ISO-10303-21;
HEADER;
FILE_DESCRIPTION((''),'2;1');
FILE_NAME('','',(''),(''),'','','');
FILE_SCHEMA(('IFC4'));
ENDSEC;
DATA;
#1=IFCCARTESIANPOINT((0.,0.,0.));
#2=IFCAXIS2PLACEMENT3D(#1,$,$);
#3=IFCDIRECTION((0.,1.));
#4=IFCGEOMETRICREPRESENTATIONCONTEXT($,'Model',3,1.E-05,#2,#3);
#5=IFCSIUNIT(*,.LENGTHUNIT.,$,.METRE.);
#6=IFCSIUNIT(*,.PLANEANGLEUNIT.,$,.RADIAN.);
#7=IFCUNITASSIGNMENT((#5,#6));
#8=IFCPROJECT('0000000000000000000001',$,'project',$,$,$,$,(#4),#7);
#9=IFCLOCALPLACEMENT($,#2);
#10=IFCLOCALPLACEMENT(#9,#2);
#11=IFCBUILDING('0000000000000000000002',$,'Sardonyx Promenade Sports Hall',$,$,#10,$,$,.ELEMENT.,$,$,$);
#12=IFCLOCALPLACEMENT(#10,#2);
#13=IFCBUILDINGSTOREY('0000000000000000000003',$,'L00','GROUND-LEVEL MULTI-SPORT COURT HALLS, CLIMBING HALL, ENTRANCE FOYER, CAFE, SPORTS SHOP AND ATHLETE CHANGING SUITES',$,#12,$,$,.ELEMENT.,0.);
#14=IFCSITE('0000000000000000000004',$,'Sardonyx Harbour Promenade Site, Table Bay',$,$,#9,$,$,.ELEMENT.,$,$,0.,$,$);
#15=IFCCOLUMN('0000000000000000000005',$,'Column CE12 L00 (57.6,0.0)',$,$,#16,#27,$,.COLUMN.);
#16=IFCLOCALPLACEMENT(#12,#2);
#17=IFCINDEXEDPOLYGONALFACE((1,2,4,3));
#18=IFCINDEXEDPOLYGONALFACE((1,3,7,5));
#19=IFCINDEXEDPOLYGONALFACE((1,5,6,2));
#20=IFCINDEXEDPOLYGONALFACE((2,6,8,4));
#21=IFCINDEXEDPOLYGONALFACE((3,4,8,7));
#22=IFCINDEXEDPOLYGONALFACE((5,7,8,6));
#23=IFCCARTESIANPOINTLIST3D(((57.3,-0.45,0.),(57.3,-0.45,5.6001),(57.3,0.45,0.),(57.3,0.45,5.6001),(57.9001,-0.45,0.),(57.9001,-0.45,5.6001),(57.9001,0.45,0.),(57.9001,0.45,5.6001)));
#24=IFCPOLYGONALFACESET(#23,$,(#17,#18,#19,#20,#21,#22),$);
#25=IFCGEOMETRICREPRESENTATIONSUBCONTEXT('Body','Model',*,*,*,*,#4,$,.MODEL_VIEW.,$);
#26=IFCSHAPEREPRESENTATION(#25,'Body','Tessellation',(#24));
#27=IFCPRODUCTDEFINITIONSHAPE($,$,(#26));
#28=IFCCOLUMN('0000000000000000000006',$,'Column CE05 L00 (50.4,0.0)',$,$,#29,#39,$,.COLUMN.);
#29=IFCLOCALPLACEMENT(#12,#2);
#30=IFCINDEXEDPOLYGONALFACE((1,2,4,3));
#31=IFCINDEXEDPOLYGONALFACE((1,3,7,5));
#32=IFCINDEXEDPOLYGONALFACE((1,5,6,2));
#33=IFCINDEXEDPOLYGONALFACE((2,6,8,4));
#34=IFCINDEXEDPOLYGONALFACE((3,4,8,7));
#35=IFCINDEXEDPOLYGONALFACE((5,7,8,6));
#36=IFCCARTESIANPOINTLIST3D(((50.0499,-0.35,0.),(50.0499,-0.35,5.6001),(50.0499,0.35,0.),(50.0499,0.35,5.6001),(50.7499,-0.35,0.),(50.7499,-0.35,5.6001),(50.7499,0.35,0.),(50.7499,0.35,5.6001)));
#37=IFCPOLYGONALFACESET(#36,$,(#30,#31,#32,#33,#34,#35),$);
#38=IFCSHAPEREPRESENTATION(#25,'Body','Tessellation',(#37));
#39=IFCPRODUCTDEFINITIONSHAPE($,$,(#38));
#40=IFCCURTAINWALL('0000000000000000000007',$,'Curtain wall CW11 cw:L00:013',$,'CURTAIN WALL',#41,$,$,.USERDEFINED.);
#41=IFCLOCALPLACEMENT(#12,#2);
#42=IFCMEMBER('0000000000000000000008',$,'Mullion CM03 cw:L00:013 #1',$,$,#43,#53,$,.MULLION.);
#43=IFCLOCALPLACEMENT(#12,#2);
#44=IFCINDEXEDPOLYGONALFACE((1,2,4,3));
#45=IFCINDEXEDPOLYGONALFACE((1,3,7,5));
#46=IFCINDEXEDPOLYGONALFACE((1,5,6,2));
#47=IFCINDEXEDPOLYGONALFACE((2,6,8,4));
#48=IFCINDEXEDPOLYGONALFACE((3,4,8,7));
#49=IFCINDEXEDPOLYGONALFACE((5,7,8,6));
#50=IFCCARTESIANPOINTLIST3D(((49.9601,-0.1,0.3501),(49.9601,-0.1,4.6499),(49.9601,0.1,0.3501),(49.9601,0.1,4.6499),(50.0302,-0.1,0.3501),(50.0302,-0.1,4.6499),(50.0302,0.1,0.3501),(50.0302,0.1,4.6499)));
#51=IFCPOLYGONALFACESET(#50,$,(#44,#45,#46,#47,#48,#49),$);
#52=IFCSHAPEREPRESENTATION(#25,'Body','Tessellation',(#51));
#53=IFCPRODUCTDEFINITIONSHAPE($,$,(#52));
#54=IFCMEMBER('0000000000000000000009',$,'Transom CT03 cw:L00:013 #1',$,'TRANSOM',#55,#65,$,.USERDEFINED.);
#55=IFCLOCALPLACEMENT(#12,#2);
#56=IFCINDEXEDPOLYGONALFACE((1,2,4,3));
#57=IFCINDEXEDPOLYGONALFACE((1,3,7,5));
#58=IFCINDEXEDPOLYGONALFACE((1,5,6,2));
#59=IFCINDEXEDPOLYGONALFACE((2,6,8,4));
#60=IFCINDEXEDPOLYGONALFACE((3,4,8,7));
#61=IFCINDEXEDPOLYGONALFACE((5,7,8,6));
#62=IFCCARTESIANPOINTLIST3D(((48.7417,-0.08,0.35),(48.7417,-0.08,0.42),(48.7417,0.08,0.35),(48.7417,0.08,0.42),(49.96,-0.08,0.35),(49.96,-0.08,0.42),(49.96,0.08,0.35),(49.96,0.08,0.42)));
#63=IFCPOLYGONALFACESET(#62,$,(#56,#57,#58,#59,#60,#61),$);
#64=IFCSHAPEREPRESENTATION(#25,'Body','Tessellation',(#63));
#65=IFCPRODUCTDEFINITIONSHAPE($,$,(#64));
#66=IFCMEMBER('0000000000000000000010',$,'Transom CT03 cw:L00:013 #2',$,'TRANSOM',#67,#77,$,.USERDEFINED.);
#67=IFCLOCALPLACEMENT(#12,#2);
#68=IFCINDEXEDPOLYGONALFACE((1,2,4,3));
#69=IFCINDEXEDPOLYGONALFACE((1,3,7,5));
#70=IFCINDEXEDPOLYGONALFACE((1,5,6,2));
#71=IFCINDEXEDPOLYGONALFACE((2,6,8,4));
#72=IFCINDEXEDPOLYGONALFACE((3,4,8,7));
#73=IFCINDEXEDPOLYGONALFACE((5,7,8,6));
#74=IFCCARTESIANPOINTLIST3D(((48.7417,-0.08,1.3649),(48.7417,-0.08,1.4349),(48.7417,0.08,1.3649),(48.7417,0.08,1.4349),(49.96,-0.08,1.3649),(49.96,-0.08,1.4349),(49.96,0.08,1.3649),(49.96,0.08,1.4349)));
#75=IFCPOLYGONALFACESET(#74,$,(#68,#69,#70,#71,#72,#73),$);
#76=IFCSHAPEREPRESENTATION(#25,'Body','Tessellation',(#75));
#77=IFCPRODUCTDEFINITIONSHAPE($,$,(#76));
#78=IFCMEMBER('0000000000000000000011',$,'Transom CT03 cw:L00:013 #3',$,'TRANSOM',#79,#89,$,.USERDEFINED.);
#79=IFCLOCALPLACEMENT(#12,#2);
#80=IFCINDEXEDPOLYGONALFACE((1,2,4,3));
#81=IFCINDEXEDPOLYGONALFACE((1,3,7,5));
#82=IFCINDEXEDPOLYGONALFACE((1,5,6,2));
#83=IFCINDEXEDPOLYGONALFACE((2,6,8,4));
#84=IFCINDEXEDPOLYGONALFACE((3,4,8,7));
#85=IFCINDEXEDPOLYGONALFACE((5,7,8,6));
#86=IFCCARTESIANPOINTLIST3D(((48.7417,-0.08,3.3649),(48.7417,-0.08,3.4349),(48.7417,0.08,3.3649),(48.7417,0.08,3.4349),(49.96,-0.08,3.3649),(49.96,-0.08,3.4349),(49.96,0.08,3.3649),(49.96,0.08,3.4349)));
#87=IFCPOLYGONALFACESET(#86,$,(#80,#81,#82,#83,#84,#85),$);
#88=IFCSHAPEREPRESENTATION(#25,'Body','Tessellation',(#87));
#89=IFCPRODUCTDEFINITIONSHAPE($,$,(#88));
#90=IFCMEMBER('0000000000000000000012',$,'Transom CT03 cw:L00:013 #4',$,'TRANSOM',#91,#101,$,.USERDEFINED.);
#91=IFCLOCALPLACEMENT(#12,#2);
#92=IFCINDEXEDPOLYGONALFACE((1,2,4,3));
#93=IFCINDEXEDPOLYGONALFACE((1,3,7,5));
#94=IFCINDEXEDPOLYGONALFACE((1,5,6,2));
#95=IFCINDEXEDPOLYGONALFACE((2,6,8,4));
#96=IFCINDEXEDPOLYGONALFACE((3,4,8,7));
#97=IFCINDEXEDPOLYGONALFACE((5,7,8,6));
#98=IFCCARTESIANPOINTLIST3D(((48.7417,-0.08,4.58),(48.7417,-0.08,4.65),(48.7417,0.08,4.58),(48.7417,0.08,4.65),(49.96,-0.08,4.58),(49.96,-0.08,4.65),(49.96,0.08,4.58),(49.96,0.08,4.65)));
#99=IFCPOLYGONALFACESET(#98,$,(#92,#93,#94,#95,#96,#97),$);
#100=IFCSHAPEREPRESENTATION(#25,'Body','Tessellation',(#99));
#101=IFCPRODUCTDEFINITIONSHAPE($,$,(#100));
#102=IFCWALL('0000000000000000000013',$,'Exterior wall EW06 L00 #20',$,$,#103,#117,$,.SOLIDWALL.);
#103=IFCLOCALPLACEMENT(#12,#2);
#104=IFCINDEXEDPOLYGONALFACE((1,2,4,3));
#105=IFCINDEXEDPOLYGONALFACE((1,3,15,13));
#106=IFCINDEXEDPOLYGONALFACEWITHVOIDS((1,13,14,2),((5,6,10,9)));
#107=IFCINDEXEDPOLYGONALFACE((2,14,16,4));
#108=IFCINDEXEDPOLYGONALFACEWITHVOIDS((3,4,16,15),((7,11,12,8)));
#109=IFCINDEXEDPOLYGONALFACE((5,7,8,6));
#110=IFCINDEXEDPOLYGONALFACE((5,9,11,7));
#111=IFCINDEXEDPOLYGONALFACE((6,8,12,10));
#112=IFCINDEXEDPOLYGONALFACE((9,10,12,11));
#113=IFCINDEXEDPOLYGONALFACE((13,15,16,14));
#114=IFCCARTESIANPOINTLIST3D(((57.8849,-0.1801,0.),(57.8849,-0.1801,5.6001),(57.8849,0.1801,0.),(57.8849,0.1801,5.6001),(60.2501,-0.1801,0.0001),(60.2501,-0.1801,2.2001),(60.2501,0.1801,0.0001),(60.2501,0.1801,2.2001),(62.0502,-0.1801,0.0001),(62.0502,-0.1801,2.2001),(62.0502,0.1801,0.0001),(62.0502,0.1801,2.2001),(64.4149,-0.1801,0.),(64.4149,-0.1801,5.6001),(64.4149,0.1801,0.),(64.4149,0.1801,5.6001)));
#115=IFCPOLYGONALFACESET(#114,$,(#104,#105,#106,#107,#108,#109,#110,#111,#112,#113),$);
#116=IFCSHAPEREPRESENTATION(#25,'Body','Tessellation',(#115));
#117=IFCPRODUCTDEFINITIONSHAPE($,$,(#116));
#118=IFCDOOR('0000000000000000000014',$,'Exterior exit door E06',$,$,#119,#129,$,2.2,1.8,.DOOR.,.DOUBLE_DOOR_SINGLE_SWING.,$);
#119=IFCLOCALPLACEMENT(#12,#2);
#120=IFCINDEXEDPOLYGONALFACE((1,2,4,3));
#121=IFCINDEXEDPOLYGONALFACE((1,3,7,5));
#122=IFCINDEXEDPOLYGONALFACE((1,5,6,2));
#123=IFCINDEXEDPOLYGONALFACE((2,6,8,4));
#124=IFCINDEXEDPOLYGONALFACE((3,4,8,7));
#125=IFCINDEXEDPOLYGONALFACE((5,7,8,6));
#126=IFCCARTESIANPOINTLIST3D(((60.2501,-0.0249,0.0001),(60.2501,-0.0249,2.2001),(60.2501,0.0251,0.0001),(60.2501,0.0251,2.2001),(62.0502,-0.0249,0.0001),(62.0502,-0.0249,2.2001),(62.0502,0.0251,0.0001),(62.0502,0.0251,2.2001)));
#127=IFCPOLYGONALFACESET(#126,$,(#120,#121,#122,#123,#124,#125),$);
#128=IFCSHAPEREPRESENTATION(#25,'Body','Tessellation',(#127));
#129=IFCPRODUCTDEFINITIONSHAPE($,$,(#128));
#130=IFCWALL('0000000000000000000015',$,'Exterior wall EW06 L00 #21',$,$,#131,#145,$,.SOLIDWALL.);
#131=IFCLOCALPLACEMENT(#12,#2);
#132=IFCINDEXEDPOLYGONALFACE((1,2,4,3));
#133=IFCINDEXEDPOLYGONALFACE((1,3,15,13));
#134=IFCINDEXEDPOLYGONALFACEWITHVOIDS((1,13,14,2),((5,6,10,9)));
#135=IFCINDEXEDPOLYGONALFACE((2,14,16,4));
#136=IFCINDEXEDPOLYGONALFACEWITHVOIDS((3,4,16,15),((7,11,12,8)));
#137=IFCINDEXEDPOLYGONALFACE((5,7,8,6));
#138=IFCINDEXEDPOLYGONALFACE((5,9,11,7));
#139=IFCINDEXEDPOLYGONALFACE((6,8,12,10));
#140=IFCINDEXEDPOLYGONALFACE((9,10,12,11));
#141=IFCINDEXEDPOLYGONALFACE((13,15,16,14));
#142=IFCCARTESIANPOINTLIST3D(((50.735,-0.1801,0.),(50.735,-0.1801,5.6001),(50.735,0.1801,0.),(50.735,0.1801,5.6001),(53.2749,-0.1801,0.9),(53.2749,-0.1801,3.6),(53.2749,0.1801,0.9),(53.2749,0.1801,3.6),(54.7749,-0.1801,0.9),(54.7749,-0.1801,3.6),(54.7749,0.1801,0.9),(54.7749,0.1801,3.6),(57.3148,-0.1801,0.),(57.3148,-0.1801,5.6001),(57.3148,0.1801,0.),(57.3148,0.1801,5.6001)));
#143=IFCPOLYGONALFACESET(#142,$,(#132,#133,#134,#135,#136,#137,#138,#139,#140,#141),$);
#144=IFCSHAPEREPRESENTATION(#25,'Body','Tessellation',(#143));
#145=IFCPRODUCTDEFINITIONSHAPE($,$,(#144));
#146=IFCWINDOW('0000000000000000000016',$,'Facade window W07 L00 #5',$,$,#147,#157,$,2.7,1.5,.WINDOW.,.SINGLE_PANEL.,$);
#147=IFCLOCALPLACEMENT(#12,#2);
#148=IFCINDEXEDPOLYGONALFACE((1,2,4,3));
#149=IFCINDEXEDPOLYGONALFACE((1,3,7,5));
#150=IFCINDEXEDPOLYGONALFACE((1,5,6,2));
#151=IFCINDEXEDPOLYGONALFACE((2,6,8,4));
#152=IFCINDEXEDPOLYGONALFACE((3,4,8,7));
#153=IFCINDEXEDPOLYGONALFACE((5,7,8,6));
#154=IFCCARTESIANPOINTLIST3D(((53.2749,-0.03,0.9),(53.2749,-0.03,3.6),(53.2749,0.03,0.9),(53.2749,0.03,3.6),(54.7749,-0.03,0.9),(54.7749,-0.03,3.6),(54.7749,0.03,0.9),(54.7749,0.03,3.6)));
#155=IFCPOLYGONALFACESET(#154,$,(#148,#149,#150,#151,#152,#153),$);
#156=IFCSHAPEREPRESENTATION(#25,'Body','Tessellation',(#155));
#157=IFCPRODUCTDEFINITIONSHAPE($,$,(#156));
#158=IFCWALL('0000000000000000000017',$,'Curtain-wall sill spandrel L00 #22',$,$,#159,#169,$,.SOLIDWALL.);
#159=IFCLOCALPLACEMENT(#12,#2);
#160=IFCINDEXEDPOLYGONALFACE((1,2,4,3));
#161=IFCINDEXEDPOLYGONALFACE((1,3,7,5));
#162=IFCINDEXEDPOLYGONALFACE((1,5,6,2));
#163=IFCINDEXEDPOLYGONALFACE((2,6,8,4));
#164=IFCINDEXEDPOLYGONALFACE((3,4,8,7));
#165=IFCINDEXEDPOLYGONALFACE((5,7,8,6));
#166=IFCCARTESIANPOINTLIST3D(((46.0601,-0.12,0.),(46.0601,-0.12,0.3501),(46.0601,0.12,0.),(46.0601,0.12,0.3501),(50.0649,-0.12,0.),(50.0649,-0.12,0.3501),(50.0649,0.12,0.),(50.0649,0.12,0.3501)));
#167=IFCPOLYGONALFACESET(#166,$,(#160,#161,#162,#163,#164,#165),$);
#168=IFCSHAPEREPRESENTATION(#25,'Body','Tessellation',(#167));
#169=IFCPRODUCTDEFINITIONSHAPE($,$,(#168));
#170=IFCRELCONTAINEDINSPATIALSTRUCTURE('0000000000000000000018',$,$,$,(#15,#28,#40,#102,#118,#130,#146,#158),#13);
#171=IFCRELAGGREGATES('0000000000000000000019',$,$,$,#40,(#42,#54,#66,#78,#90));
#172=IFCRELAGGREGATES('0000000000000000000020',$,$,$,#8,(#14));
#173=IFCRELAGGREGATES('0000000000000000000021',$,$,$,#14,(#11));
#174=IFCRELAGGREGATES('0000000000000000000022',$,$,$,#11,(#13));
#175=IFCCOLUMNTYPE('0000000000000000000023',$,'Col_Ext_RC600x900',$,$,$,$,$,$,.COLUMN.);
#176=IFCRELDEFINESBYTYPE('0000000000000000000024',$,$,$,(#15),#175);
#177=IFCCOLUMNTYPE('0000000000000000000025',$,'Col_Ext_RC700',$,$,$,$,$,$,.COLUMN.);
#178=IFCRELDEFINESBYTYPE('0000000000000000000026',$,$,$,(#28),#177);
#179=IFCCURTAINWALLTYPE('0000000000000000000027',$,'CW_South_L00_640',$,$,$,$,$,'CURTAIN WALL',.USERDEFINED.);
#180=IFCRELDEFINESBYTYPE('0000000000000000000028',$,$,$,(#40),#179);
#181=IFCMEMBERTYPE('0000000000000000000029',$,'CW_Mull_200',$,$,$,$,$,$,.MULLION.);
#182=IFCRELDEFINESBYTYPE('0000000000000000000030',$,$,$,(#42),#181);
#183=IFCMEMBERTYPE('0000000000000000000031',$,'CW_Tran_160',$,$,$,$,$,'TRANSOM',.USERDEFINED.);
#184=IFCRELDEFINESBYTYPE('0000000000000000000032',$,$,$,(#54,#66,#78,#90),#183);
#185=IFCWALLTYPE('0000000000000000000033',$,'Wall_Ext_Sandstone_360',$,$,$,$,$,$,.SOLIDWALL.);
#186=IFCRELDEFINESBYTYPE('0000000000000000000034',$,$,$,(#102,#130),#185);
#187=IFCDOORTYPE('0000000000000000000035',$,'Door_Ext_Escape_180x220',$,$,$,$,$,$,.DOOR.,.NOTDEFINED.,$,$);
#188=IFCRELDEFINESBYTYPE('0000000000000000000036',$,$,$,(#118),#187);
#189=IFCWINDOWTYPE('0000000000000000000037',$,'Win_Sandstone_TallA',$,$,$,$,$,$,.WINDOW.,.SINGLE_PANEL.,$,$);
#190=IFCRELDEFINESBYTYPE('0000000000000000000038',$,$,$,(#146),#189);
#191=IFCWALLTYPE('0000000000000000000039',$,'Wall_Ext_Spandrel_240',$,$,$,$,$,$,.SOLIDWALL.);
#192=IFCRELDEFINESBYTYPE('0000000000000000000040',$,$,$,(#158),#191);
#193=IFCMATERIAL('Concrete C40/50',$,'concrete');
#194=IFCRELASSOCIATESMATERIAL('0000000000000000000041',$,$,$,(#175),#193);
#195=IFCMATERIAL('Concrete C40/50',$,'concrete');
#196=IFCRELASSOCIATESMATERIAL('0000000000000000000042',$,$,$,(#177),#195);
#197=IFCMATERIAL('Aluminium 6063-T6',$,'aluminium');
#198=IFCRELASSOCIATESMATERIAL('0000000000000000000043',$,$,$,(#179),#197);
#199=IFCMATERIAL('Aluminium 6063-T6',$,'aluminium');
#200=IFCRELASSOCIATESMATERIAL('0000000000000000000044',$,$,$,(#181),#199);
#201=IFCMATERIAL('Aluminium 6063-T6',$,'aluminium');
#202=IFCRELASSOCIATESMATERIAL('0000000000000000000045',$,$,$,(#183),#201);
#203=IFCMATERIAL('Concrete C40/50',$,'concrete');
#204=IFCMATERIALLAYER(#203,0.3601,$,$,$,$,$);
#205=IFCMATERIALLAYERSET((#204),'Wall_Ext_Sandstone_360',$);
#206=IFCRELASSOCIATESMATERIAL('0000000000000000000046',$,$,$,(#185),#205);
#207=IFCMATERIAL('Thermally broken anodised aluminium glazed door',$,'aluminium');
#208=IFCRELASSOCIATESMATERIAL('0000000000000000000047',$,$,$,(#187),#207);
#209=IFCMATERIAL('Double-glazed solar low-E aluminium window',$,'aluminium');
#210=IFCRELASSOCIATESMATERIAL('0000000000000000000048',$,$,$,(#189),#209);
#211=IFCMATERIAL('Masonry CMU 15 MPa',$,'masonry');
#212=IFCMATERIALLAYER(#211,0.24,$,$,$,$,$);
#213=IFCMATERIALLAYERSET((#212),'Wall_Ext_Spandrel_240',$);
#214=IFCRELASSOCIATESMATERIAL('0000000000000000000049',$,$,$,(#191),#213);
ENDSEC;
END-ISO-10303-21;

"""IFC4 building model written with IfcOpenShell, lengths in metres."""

from ifc_helpers import new_model, si_unit, direction, frame, frame_2d, origin, origin_2d, place, context, subcontext, project, spatial, rectangle, extrude, material, layer, layer_set, material_profile, profile_set, type_object, element, fill, aggregate, save


model = new_model("IFC4")

# Units and contexts
model_context = context("Model", 3, precision=1e-05, world=origin(), true_north=direction((0.0, 1.0)))
body_context = subcontext(model_context, "Body", "Model", "MODEL_VIEW")
ifc_project = project(units=[si_unit("LENGTHUNIT", "METRE"), si_unit("PLANEANGLEUNIT", "RADIAN")], contexts=[model_context])

# Site, building, storey
site_placement = place(None, origin())
site = spatial("IfcSite", under=ifc_project, at=site_placement, Name="Sardonyx Harbour Promenade Site, Table Bay", CompositionType="ELEMENT", RefElevation=0.0)
building_placement = place(site_placement, origin())
building = spatial("IfcBuilding", under=site, at=building_placement, Name="Sardonyx Promenade Sports Hall", CompositionType="ELEMENT")
storey_placement = place(building_placement, origin())
storey = spatial("IfcBuildingStorey", under=building, at=storey_placement, Name="L00", Description="GROUND-LEVEL MULTI-SPORT COURT HALLS, CLIMBING HALL, ENTRANCE FOYER, CAFE, SPORTS SHOP AND ATHLETE CHANGING SUITES", CompositionType="ELEMENT", Elevation=0.0)

# Columns
ifc_material_1 = material(Name="Concrete C40/50", Category="concrete")
ifc_material_profile_1 = material_profile(ifc_material_1, rectangle(XDim=0.6001, YDim=0.8999, at=origin_2d()))
ifc_profile_set_1 = profile_set([ifc_material_profile_1], Name="Concrete C40/50")
column_type_1 = type_object("IfcColumnType", Name="Col_Ext_RC600x900", PredefinedType="COLUMN", material=ifc_profile_set_1)
column_1_placement = place(storey_placement, frame((57.6001, 0.0, 0.0), z_axis=(0.0, 0.0, 1.0), x_axis=(1.0, 0.0, 0.0)))
element("IfcColumn", 1, at=column_1_placement, inside=storey, type_object=column_type_1, Name="Column CE12 L00 (57.6,0.0)", PredefinedType="COLUMN", context=body_context, shape_type="SweptSolid", body=[
    extrude(rectangle(XDim=0.6001, YDim=0.8999, at=origin_2d()), origin(), (0.0, 0.0, 1.0), 5.6001),
])
ifc_material_2 = material(Name="Concrete C40/50", Category="concrete")
ifc_material_profile_2 = material_profile(ifc_material_2, rectangle(XDim=0.7, YDim=0.7, at=origin_2d()))
ifc_profile_set_2 = profile_set([ifc_material_profile_2], Name="Concrete C40/50")
column_type_2 = type_object("IfcColumnType", Name="Col_Ext_RC700", PredefinedType="COLUMN", material=ifc_profile_set_2)
column_2_placement = place(storey_placement, frame((50.3999, 0.0, 0.0), z_axis=(0.0, 0.0, 1.0), x_axis=(1.0, 0.0, 0.0)))
element("IfcColumn", 2, at=column_2_placement, inside=storey, type_object=column_type_2, Name="Column CE05 L00 (50.4,0.0)", PredefinedType="COLUMN", context=body_context, shape_type="SweptSolid", body=[
    extrude(rectangle(XDim=0.7, YDim=0.7, at=origin_2d()), origin(), (0.0, 0.0, 1.0), 5.6001),
])

# Curtain wall, members
ifc_material_3 = material(Name="Aluminium 6063-T6", Category="aluminium")
curtain_wall_type = type_object("IfcCurtainWallType", Name="CW_South_L00_640", ElementType="CURTAIN WALL", PredefinedType="USERDEFINED", material=ifc_material_3)
curtain_wall_placement = place(storey_placement, origin())
curtain_wall = element("IfcCurtainWall", 3, at=curtain_wall_placement, inside=storey, type_object=curtain_wall_type, Name="Curtain wall CW11 cw:L00:013", ObjectType="CURTAIN WALL", PredefinedType="USERDEFINED")
ifc_material_4 = material(Name="Aluminium 6063-T6", Category="aluminium")
ifc_material_profile_3 = material_profile(ifc_material_4, rectangle(XDim=0.0701, YDim=0.2, at=origin_2d()))
ifc_profile_set_3 = profile_set([ifc_material_profile_3], Name="Aluminium 6063-T6")
member_type_1 = type_object("IfcMemberType", Name="CW_Mull_200", PredefinedType="MULLION", material=ifc_profile_set_3)
member_1_placement = place(storey_placement, frame((49.9951, 0.0, 0.3501), z_axis=(0.0, 0.0, 1.0), x_axis=(-1.0, 0.0, 0.0)))
member_1 = element("IfcMember", 4, at=member_1_placement, type_object=member_type_1, Name="Mullion CM03 cw:L00:013 #1", PredefinedType="MULLION", context=body_context, shape_type="SweptSolid", body=[
    extrude(rectangle(XDim=0.0701, YDim=0.2, at=origin_2d()), origin(), (0.0, 0.0, 1.0), 4.2998),
])
ifc_material_5 = material(Name="Aluminium 6063-T6", Category="aluminium")
ifc_material_profile_4 = material_profile(ifc_material_5, rectangle(XDim=0.0701, YDim=0.1599, at=origin_2d()))
ifc_profile_set_4 = profile_set([ifc_material_profile_4], Name="Aluminium 6063-T6")
member_type_2 = type_object("IfcMemberType", Name="CW_Tran_160", ElementType="TRANSOM", PredefinedType="USERDEFINED", material=ifc_profile_set_4)
member_2_placement = place(storey_placement, frame((49.96, 0.0, 0.385), z_axis=(-1.0, 0.0, 0.0), x_axis=(0.0, 0.0, 1.0)))
member_2 = element("IfcMember", 5, at=member_2_placement, type_object=member_type_2, Name="Transom CT03 cw:L00:013 #1", ObjectType="TRANSOM", PredefinedType="USERDEFINED", context=body_context, shape_type="SweptSolid", body=[
    extrude(rectangle(XDim=0.0701, YDim=0.1599, at=origin_2d()), origin(), (0.0, 0.0, 1.0), 1.2183),
])
member_3_placement = place(storey_placement, frame((49.96, 0.0, 1.3999), z_axis=(-1.0, 0.0, 0.0), x_axis=(0.0, 0.0, 1.0)))
member_3 = element("IfcMember", 6, at=member_3_placement, type_object=member_type_2, Name="Transom CT03 cw:L00:013 #2", ObjectType="TRANSOM", PredefinedType="USERDEFINED", context=body_context, shape_type="SweptSolid", body=[
    extrude(rectangle(XDim=0.0701, YDim=0.1599, at=origin_2d()), origin(), (0.0, 0.0, 1.0), 1.2183),
])
member_4_placement = place(storey_placement, frame((49.96, 0.0, 3.3999), z_axis=(-1.0, 0.0, 0.0), x_axis=(0.0, 0.0, 1.0)))
member_4 = element("IfcMember", 7, at=member_4_placement, type_object=member_type_2, Name="Transom CT03 cw:L00:013 #3", ObjectType="TRANSOM", PredefinedType="USERDEFINED", context=body_context, shape_type="SweptSolid", body=[
    extrude(rectangle(XDim=0.0701, YDim=0.1599, at=origin_2d()), origin(), (0.0, 0.0, 1.0), 1.2183),
])
member_5_placement = place(storey_placement, frame((49.96, 0.0, 4.615), z_axis=(-1.0, 0.0, 0.0), x_axis=(0.0, 0.0, 1.0)))
member_5 = element("IfcMember", 8, at=member_5_placement, type_object=member_type_2, Name="Transom CT03 cw:L00:013 #4", ObjectType="TRANSOM", PredefinedType="USERDEFINED", context=body_context, shape_type="SweptSolid", body=[
    extrude(rectangle(XDim=0.0701, YDim=0.1599, at=origin_2d()), origin(), (0.0, 0.0, 1.0), 1.2183),
])
aggregate(curtain_wall, [member_1, member_2, member_3, member_4, member_5])

# Wall, opening, door
ifc_material_6 = material(Name="Concrete C40/50", Category="concrete")
ifc_layer_1 = layer(ifc_material_6, 0.3601)
ifc_layer_set_1 = layer_set([ifc_layer_1], Name="Wall_Ext_Sandstone_360")
wall_type_1 = type_object("IfcWallType", Name="Wall_Ext_Sandstone_360", PredefinedType="SOLIDWALL", material=ifc_layer_set_1)
wall_1_placement = place(storey_placement, frame((64.415, 0.0, 0.0), z_axis=(0.0, 0.0, 1.0), x_axis=(-1.0, 0.0, 0.0)))
wall_1 = element("IfcWall", 9, at=wall_1_placement, inside=storey, type_object=wall_type_1, Name="Exterior wall EW06 L00 #20", PredefinedType="SOLIDWALL", context=body_context, shape_type="SweptSolid", body=[
    extrude(rectangle(XDim=6.53, YDim=0.3601, at=frame_2d((3.2651, 0.0))), origin(), (0.0, 0.0, 1.0), 5.6001),
])
opening_1_placement = place(wall_1_placement, frame((2.365, 0.0, 0.0)))
opening_1 = element("IfcOpeningElement", 10, at=opening_1_placement, cuts=wall_1, PredefinedType="OPENING", context=body_context, shape_type="SweptSolid", body=[
    extrude(rectangle(XDim=1.8, YDim=2.2, at=frame_2d((0.8999, 1.1001))), frame((0.0, 0.19, 0.0), z_axis=(0.0, -1.0, 0.0), x_axis=(1.0, 0.0, 0.0)), (0.0, 0.0, 1.0), 0.38),
])
ifc_material_7 = material(Name="Thermally broken anodised aluminium glazed door", Category="aluminium")
door_type = type_object("IfcDoorType", Name="Door_Ext_Escape_180x220", OperationType="NOTDEFINED", PredefinedType="DOOR", material=ifc_material_7)
door_placement = place(opening_1_placement, origin())
door = element("IfcDoor", 11, at=door_placement, inside=storey, type_object=door_type, Name="Exterior exit door E06", OperationType="DOUBLE_DOOR_SINGLE_SWING", OverallHeight=2.2, OverallWidth=1.8, PredefinedType="DOOR", context=body_context, shape_type="SweptSolid", body=[
    extrude(rectangle(XDim=1.8, YDim=2.2, at=frame_2d((0.8999, 1.1001))), frame((0.0, 0.0249, 0.0), z_axis=(0.0, -1.0, 0.0), x_axis=(1.0, 0.0, 0.0)), (0.0, 0.0, 1.0), 0.05),
])
fill(opening_1, door)

# Wall, opening, window
wall_2_placement = place(storey_placement, frame((57.3149, 0.0, 0.0), z_axis=(0.0, 0.0, 1.0), x_axis=(-1.0, 0.0, 0.0)))
wall_2 = element("IfcWall", 12, at=wall_2_placement, inside=storey, type_object=wall_type_1, Name="Exterior wall EW06 L00 #21", PredefinedType="SOLIDWALL", context=body_context, shape_type="SweptSolid", body=[
    extrude(rectangle(XDim=6.5798, YDim=0.3601, at=frame_2d((3.29, 0.0))), origin(), (0.0, 0.0, 1.0), 5.6001),
])
opening_2_placement = place(wall_2_placement, frame((2.54, 0.0, 0.8999)))
opening_2 = element("IfcOpeningElement", 13, at=opening_2_placement, cuts=wall_2, PredefinedType="OPENING", context=body_context, shape_type="SweptSolid", body=[
    extrude(rectangle(XDim=1.5, YDim=2.7, at=frame_2d((0.75, 1.3501))), frame((0.0, 0.19, 0.0), z_axis=(0.0, -1.0, 0.0), x_axis=(1.0, 0.0, 0.0)), (0.0, 0.0, 1.0), 0.38),
])
ifc_material_8 = material(Name="Double-glazed solar low-E aluminium window", Category="aluminium")
window_type = type_object("IfcWindowType", Name="Win_Sandstone_TallA", PartitioningType="SINGLE_PANEL", PredefinedType="WINDOW", material=ifc_material_8)
window_placement = place(opening_2_placement, origin())
window = element("IfcWindow", 14, at=window_placement, inside=storey, type_object=window_type, Name="Facade window W07 L00 #5", OverallHeight=2.7, OverallWidth=1.5, PartitioningType="SINGLE_PANEL", PredefinedType="WINDOW", context=body_context, shape_type="SweptSolid", body=[
    extrude(rectangle(XDim=1.5, YDim=2.7, at=frame_2d((0.75, 1.3501))), frame((0.0, 0.03, 0.0), z_axis=(0.0, -1.0, 0.0), x_axis=(1.0, 0.0, 0.0)), (0.0, 0.0, 1.0), 0.0601),
])
fill(opening_2, window)

# Wall
ifc_material_9 = material(Name="Masonry CMU 15 MPa", Category="masonry")
ifc_layer_2 = layer(ifc_material_9, 0.24)
ifc_layer_set_2 = layer_set([ifc_layer_2], Name="Wall_Ext_Spandrel_240")
wall_type_2 = type_object("IfcWallType", Name="Wall_Ext_Spandrel_240", PredefinedType="SOLIDWALL", material=ifc_layer_set_2)
wall_3_placement = place(storey_placement, frame((50.0649, 0.0, 0.0), z_axis=(0.0, 0.0, 1.0), x_axis=(-1.0, 0.0, 0.0)))
element("IfcWall", 15, at=wall_3_placement, inside=storey, type_object=wall_type_2, Name="Curtain-wall sill spandrel L00 #22", PredefinedType="SOLIDWALL", context=body_context, shape_type="SweptSolid", body=[
    extrude(rectangle(XDim=4.0049, YDim=0.24, at=frame_2d((2.0024, 0.0))), origin(), (0.0, 0.0, 1.0), 0.3501),
])

save(model, "model.ifc")
